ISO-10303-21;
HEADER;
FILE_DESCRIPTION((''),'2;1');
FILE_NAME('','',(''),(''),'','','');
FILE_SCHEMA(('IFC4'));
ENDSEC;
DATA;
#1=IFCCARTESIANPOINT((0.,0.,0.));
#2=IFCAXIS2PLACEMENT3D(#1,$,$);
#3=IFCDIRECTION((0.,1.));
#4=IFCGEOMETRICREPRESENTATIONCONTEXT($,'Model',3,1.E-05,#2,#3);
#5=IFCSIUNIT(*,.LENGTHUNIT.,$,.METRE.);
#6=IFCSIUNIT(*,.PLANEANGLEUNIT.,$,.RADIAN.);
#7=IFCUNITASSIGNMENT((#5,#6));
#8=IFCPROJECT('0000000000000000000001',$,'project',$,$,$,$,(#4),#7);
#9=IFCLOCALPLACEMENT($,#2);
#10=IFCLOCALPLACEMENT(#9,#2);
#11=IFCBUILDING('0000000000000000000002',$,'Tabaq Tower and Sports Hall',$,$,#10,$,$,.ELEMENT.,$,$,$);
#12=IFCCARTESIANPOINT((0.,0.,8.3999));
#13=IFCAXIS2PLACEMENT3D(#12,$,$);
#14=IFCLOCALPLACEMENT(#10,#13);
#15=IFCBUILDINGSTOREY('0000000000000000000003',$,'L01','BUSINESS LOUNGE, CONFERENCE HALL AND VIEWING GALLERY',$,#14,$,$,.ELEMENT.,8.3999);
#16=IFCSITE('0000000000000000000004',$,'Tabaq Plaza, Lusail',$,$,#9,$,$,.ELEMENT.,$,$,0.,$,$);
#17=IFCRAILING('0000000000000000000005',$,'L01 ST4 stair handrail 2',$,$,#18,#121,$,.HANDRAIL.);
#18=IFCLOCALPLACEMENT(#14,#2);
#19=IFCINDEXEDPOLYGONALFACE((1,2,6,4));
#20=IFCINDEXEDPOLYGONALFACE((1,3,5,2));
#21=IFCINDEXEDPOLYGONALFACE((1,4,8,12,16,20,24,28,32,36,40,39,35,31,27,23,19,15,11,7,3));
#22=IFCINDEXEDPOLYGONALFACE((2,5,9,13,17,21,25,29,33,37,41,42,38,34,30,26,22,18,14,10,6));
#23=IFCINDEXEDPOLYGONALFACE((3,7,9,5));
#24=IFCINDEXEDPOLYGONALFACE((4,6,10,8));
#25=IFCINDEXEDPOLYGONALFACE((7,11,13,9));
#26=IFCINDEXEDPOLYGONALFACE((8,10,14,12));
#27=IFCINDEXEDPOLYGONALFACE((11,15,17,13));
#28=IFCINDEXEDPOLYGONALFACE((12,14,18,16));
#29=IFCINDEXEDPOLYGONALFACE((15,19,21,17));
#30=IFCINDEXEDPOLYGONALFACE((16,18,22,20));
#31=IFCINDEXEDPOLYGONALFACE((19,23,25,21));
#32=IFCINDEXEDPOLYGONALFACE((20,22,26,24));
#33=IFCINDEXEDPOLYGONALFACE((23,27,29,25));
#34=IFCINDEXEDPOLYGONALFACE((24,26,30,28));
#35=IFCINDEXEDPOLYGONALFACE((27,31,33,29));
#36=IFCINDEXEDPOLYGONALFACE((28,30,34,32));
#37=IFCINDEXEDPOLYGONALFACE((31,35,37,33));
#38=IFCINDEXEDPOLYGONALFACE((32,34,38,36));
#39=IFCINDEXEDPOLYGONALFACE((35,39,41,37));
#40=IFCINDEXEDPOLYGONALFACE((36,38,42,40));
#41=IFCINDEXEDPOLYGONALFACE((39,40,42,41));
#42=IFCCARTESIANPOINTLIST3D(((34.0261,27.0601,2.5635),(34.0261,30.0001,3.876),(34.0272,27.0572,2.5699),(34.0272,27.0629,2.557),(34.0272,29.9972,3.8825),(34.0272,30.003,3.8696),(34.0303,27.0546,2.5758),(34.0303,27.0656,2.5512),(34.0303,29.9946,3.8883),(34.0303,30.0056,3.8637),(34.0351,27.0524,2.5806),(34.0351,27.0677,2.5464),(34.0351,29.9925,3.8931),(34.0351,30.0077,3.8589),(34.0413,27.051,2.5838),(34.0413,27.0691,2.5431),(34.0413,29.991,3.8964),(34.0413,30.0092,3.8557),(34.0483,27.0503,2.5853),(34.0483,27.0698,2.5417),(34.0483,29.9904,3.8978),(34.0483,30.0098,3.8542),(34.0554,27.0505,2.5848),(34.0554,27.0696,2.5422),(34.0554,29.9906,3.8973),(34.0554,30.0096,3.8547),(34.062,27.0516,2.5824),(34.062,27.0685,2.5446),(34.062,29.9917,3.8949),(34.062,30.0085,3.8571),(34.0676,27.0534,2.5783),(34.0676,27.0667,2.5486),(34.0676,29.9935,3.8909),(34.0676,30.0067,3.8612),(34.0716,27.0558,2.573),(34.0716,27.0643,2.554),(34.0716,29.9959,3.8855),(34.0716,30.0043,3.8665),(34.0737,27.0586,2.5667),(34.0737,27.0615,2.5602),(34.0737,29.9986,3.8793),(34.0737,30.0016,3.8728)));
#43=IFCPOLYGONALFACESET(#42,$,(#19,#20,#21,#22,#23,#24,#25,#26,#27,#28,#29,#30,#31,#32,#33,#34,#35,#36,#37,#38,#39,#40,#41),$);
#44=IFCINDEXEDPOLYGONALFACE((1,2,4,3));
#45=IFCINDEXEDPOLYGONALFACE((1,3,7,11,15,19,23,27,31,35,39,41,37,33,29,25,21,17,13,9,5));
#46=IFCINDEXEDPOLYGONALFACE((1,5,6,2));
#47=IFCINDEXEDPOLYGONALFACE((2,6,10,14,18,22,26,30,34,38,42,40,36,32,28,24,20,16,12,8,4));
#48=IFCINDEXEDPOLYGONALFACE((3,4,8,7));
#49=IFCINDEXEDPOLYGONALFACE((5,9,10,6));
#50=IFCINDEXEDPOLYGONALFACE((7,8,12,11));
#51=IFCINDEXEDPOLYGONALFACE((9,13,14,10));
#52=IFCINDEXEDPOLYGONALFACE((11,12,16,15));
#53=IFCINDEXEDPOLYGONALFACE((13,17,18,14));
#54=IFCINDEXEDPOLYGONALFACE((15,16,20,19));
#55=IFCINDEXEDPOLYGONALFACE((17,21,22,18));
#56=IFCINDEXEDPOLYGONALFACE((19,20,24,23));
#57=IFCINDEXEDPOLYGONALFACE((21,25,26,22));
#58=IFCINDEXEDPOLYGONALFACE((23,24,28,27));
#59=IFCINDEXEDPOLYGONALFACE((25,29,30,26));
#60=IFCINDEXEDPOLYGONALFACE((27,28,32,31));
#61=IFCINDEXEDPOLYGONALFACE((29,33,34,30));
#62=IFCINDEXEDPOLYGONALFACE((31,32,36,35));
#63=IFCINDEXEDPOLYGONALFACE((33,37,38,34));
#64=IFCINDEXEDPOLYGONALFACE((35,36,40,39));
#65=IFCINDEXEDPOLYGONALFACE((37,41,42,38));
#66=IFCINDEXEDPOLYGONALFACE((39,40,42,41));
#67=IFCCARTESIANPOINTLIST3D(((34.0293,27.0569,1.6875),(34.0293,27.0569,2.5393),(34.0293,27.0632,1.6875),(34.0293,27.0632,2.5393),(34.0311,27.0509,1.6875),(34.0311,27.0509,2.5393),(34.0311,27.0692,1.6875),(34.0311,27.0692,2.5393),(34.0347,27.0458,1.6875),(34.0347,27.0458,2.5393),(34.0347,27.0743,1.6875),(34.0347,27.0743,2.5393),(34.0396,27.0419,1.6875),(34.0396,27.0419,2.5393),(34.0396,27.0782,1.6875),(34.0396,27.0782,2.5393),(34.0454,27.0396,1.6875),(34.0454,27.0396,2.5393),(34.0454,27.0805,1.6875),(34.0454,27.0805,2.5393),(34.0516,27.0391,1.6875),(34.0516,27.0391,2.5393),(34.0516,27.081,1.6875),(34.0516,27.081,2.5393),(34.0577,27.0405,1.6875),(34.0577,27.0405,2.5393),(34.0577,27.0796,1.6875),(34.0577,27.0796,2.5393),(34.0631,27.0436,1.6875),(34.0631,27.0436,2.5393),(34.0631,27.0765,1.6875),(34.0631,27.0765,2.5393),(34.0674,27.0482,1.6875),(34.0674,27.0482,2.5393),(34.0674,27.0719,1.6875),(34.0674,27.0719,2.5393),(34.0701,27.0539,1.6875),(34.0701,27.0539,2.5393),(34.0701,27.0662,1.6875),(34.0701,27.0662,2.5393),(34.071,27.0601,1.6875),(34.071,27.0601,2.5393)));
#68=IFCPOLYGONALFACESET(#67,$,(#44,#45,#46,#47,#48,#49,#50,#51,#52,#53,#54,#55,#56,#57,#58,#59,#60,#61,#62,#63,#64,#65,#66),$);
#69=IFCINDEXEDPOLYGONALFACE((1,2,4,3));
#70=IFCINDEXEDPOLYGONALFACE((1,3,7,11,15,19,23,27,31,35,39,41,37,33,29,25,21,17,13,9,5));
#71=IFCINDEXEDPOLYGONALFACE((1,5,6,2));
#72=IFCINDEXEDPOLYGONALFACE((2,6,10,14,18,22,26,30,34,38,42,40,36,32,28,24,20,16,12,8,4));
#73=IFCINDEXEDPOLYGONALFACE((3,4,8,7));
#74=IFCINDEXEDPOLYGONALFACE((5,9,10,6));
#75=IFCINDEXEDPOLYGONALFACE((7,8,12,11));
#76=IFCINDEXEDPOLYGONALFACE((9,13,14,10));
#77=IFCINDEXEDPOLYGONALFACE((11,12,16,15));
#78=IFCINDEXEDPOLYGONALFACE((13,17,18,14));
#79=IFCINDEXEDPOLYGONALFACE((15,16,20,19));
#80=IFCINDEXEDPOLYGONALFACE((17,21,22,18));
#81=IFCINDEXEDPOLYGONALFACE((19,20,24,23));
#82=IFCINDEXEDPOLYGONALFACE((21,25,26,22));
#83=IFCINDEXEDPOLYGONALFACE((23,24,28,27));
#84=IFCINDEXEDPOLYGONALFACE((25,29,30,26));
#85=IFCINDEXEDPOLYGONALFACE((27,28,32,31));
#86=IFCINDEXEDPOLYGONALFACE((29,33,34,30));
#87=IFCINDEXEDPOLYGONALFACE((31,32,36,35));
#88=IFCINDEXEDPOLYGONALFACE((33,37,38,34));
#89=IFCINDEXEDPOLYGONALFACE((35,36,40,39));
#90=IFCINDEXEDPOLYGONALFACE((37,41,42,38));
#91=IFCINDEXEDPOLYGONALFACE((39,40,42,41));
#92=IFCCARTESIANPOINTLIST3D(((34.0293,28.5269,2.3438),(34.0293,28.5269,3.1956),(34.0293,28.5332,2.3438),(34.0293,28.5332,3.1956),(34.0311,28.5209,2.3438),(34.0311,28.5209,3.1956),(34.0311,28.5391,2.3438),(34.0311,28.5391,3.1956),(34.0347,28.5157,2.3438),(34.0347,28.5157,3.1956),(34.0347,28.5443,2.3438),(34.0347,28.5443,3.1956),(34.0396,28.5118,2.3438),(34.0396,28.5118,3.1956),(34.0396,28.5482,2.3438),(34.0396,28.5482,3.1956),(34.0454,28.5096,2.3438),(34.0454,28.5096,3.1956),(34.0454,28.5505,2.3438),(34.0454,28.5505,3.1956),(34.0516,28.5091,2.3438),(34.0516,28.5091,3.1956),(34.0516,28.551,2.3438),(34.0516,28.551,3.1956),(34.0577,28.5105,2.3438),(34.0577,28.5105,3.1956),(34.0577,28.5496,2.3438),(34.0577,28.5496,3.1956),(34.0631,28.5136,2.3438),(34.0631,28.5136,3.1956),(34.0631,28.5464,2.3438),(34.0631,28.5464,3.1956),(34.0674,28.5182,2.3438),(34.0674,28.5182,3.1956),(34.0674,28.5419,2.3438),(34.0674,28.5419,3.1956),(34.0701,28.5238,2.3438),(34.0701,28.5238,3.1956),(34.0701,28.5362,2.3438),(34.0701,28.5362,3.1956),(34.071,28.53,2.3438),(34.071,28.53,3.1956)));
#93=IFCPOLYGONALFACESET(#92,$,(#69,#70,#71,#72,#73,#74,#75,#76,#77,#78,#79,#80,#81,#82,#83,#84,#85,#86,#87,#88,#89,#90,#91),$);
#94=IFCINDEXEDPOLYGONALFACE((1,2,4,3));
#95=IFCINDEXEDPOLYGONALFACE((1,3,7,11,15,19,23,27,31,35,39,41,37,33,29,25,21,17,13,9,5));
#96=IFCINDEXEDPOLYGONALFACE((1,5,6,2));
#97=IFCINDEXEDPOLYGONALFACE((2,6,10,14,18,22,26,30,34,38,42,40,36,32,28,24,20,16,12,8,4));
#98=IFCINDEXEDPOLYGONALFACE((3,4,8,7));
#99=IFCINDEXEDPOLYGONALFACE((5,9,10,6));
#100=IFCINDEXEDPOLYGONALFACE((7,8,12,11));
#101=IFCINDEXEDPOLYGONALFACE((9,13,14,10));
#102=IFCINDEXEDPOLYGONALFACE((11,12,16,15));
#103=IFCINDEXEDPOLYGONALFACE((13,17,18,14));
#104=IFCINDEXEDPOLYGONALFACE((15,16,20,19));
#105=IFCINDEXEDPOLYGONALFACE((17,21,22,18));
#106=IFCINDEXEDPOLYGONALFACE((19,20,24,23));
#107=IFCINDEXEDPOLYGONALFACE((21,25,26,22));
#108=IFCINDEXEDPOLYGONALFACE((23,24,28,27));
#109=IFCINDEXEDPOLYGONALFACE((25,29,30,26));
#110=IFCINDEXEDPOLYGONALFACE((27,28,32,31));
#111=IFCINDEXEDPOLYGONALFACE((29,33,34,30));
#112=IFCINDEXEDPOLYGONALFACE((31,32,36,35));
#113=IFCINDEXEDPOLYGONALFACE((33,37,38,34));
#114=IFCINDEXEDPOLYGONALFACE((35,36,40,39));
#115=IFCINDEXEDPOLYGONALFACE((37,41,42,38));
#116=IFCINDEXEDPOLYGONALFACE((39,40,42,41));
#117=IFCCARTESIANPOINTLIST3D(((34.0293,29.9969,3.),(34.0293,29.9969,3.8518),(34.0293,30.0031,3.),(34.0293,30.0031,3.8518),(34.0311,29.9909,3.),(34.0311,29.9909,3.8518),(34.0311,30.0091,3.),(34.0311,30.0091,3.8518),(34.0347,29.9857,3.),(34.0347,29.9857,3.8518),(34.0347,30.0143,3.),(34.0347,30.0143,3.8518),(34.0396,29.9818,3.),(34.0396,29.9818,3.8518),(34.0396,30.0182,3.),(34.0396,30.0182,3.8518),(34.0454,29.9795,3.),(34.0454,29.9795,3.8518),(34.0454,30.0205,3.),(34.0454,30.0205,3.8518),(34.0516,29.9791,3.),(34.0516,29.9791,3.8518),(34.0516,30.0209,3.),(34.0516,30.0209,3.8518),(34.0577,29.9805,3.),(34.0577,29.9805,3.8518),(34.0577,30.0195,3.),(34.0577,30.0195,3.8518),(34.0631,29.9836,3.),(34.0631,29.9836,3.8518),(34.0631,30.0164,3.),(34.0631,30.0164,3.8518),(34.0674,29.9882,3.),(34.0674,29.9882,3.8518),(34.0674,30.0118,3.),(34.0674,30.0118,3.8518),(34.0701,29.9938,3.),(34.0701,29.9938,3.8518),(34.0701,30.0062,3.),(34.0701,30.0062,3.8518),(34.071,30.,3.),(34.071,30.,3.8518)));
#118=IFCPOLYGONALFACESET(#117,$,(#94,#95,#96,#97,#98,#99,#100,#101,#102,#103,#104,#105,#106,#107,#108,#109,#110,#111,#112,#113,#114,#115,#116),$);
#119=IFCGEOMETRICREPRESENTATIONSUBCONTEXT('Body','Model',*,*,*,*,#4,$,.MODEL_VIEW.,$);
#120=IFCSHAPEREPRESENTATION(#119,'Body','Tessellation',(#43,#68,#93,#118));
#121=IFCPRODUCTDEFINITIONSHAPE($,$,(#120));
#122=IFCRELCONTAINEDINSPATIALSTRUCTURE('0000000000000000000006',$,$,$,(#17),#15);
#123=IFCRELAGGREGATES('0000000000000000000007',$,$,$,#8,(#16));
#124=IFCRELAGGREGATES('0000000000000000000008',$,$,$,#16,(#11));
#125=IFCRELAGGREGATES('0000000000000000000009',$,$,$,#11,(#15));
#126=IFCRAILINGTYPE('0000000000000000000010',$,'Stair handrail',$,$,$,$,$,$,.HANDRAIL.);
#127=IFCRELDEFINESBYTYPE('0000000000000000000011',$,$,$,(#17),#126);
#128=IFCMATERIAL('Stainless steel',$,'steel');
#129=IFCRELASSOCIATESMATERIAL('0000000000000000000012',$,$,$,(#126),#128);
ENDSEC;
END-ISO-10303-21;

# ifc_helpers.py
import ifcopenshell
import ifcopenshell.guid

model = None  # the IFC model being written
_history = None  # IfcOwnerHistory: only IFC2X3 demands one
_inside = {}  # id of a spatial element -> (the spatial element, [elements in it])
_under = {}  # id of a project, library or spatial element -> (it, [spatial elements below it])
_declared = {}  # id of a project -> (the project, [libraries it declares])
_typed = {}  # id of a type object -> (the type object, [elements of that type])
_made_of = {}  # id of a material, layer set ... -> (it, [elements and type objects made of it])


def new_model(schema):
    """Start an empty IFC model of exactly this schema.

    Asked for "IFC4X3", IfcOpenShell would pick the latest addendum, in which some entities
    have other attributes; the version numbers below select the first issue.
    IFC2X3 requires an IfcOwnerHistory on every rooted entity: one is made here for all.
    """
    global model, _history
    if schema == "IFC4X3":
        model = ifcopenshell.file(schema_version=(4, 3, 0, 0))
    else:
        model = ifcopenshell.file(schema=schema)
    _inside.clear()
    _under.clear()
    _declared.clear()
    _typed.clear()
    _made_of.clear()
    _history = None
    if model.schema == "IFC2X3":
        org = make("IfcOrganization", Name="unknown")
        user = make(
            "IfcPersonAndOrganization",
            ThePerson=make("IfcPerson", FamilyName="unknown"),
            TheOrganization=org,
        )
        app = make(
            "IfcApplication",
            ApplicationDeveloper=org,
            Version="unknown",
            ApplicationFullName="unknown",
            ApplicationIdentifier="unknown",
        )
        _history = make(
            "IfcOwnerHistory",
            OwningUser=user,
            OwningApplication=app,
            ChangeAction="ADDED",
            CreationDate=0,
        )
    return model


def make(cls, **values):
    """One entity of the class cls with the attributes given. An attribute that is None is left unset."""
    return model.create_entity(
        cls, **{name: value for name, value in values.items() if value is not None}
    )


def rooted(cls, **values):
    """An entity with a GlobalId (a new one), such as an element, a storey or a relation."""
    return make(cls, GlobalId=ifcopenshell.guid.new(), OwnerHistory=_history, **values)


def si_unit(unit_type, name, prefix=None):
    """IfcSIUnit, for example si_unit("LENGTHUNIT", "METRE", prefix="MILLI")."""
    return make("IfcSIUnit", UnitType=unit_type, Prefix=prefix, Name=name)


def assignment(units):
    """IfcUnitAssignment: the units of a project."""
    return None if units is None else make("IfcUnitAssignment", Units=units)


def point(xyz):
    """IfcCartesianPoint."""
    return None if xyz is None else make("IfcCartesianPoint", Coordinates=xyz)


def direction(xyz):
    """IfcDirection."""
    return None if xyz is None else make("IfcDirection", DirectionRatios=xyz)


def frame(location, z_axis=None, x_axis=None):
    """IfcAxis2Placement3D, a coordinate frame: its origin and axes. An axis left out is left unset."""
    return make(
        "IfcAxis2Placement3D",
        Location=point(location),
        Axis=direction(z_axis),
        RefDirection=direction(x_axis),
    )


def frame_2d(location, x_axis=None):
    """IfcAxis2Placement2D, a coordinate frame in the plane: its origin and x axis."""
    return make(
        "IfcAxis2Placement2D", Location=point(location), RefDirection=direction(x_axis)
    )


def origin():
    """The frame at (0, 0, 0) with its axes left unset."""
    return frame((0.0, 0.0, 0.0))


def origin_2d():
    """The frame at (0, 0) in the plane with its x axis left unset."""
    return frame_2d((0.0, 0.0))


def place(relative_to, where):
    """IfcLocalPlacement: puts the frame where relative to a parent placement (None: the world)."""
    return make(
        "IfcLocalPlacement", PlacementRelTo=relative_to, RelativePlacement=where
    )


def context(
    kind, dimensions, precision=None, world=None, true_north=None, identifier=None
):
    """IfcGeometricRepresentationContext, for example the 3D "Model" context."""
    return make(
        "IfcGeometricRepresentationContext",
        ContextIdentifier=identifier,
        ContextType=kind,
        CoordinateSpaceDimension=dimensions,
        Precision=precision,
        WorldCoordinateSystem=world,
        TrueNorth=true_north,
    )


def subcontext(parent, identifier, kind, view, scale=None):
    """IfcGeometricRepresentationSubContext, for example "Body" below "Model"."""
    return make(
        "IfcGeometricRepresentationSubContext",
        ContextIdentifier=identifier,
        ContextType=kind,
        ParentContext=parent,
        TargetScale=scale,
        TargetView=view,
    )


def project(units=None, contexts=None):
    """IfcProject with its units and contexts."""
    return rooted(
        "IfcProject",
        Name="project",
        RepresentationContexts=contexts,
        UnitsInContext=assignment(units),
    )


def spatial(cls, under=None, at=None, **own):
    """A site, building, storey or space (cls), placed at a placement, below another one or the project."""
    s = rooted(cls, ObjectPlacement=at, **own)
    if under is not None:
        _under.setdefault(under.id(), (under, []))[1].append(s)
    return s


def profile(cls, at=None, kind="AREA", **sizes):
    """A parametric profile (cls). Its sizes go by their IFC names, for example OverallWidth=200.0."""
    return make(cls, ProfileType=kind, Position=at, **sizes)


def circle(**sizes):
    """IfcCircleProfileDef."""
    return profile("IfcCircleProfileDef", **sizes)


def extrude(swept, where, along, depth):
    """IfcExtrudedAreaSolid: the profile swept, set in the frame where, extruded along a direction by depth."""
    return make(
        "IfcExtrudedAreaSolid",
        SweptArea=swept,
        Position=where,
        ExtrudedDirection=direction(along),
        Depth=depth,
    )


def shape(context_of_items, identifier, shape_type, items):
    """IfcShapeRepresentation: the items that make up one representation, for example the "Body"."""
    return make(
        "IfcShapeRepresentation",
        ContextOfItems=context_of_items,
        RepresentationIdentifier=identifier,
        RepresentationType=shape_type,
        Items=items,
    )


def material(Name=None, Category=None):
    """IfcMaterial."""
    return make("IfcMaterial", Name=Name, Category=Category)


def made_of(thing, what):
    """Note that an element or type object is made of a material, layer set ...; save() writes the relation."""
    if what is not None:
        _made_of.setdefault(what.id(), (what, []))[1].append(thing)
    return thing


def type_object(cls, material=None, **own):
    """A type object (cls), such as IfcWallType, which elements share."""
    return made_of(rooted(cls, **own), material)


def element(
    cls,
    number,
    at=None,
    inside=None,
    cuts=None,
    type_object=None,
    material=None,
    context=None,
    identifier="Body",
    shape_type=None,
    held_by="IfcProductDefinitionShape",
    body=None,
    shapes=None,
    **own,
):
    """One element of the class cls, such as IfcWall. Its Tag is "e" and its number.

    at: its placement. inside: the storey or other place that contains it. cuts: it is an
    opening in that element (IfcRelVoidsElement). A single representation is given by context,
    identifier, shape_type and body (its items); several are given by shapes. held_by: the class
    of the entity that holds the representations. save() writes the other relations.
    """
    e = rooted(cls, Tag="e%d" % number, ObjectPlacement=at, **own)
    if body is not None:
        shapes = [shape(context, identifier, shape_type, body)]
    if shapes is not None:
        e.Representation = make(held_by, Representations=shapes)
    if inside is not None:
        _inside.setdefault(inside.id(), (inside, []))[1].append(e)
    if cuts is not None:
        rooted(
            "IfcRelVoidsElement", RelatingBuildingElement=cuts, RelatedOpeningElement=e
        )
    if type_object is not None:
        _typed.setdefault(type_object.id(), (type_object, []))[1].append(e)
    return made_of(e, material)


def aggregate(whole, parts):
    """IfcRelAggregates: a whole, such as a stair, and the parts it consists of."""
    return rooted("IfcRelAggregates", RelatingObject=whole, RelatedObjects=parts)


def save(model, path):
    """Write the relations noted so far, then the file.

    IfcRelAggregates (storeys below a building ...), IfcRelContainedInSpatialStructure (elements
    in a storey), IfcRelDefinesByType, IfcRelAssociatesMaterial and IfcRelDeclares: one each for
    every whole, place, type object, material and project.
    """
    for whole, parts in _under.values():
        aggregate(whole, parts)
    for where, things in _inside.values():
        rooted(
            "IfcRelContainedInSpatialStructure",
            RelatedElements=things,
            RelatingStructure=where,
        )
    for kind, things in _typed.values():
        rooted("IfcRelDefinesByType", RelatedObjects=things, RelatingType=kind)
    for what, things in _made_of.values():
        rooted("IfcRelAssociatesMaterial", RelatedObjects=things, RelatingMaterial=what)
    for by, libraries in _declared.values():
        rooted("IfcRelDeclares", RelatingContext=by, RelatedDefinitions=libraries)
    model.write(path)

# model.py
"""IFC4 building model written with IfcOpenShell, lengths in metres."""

from ifc_helpers import new_model, si_unit, direction, frame, origin, origin_2d, place, context, subcontext, project, spatial, circle, extrude, material, type_object, element, save


model = new_model("IFC4")

# Units and contexts
model_context = context("Model", 3, precision=1e-05, world=origin(), true_north=direction((0.0, 1.0)))
body_context = subcontext(model_context, "Body", "Model", "MODEL_VIEW")
ifc_project = project(units=[si_unit("LENGTHUNIT", "METRE"), si_unit("PLANEANGLEUNIT", "RADIAN")], contexts=[model_context])

# Site, building, storey
site_placement = place(None, origin())
site = spatial("IfcSite", under=ifc_project, at=site_placement, Name="Tabaq Plaza, Lusail", CompositionType="ELEMENT", RefElevation=0.0)
building_placement = place(site_placement, origin())
building = spatial("IfcBuilding", under=site, at=building_placement, Name="Tabaq Tower and Sports Hall", CompositionType="ELEMENT")
storey_placement = place(building_placement, frame((0.0, 0.0, 8.3999)))
storey = spatial("IfcBuildingStorey", under=building, at=storey_placement, Name="L01", Description="BUSINESS LOUNGE, CONFERENCE HALL AND VIEWING GALLERY", CompositionType="ELEMENT", Elevation=8.3999)

# Railing
ifc_material_1 = material(Name="Stainless steel", Category="steel")
railing_type_1 = type_object("IfcRailingType", Name="Stair handrail", PredefinedType="HANDRAIL", material=ifc_material_1)
railing_1_placement = place(storey_placement, frame((34.05, 27.0601, 1.6875)))
element("IfcRailing", 1, at=railing_1_placement, inside=storey, type_object=railing_type_1, Name="L01 ST4 stair handrail 2", PredefinedType="HANDRAIL", context=body_context, shape_type="SweptSolid", body=[
    extrude(circle(Radius=0.0239, at=origin_2d()), frame((0.0, 0.0, 0.876), z_axis=(0.0, 0.913135, 0.407658), x_axis=(-1.0, 0.0, 0.0)), (0.0, 0.0, 1.0), 3.2197),
    extrude(circle(Radius=0.021, at=origin_2d()), origin(), (0.0, 0.0, 1.0), 0.8518),
    extrude(circle(Radius=0.021, at=origin_2d()), frame((0.0, 1.47, 0.6562)), (0.0, 0.0, 1.0), 0.8518),
    extrude(circle(Radius=0.021, at=origin_2d()), frame((0.0, 2.9399, 1.3125)), (0.0, 0.0, 1.0), 0.8518),
])

save(model, "model.ifc")
